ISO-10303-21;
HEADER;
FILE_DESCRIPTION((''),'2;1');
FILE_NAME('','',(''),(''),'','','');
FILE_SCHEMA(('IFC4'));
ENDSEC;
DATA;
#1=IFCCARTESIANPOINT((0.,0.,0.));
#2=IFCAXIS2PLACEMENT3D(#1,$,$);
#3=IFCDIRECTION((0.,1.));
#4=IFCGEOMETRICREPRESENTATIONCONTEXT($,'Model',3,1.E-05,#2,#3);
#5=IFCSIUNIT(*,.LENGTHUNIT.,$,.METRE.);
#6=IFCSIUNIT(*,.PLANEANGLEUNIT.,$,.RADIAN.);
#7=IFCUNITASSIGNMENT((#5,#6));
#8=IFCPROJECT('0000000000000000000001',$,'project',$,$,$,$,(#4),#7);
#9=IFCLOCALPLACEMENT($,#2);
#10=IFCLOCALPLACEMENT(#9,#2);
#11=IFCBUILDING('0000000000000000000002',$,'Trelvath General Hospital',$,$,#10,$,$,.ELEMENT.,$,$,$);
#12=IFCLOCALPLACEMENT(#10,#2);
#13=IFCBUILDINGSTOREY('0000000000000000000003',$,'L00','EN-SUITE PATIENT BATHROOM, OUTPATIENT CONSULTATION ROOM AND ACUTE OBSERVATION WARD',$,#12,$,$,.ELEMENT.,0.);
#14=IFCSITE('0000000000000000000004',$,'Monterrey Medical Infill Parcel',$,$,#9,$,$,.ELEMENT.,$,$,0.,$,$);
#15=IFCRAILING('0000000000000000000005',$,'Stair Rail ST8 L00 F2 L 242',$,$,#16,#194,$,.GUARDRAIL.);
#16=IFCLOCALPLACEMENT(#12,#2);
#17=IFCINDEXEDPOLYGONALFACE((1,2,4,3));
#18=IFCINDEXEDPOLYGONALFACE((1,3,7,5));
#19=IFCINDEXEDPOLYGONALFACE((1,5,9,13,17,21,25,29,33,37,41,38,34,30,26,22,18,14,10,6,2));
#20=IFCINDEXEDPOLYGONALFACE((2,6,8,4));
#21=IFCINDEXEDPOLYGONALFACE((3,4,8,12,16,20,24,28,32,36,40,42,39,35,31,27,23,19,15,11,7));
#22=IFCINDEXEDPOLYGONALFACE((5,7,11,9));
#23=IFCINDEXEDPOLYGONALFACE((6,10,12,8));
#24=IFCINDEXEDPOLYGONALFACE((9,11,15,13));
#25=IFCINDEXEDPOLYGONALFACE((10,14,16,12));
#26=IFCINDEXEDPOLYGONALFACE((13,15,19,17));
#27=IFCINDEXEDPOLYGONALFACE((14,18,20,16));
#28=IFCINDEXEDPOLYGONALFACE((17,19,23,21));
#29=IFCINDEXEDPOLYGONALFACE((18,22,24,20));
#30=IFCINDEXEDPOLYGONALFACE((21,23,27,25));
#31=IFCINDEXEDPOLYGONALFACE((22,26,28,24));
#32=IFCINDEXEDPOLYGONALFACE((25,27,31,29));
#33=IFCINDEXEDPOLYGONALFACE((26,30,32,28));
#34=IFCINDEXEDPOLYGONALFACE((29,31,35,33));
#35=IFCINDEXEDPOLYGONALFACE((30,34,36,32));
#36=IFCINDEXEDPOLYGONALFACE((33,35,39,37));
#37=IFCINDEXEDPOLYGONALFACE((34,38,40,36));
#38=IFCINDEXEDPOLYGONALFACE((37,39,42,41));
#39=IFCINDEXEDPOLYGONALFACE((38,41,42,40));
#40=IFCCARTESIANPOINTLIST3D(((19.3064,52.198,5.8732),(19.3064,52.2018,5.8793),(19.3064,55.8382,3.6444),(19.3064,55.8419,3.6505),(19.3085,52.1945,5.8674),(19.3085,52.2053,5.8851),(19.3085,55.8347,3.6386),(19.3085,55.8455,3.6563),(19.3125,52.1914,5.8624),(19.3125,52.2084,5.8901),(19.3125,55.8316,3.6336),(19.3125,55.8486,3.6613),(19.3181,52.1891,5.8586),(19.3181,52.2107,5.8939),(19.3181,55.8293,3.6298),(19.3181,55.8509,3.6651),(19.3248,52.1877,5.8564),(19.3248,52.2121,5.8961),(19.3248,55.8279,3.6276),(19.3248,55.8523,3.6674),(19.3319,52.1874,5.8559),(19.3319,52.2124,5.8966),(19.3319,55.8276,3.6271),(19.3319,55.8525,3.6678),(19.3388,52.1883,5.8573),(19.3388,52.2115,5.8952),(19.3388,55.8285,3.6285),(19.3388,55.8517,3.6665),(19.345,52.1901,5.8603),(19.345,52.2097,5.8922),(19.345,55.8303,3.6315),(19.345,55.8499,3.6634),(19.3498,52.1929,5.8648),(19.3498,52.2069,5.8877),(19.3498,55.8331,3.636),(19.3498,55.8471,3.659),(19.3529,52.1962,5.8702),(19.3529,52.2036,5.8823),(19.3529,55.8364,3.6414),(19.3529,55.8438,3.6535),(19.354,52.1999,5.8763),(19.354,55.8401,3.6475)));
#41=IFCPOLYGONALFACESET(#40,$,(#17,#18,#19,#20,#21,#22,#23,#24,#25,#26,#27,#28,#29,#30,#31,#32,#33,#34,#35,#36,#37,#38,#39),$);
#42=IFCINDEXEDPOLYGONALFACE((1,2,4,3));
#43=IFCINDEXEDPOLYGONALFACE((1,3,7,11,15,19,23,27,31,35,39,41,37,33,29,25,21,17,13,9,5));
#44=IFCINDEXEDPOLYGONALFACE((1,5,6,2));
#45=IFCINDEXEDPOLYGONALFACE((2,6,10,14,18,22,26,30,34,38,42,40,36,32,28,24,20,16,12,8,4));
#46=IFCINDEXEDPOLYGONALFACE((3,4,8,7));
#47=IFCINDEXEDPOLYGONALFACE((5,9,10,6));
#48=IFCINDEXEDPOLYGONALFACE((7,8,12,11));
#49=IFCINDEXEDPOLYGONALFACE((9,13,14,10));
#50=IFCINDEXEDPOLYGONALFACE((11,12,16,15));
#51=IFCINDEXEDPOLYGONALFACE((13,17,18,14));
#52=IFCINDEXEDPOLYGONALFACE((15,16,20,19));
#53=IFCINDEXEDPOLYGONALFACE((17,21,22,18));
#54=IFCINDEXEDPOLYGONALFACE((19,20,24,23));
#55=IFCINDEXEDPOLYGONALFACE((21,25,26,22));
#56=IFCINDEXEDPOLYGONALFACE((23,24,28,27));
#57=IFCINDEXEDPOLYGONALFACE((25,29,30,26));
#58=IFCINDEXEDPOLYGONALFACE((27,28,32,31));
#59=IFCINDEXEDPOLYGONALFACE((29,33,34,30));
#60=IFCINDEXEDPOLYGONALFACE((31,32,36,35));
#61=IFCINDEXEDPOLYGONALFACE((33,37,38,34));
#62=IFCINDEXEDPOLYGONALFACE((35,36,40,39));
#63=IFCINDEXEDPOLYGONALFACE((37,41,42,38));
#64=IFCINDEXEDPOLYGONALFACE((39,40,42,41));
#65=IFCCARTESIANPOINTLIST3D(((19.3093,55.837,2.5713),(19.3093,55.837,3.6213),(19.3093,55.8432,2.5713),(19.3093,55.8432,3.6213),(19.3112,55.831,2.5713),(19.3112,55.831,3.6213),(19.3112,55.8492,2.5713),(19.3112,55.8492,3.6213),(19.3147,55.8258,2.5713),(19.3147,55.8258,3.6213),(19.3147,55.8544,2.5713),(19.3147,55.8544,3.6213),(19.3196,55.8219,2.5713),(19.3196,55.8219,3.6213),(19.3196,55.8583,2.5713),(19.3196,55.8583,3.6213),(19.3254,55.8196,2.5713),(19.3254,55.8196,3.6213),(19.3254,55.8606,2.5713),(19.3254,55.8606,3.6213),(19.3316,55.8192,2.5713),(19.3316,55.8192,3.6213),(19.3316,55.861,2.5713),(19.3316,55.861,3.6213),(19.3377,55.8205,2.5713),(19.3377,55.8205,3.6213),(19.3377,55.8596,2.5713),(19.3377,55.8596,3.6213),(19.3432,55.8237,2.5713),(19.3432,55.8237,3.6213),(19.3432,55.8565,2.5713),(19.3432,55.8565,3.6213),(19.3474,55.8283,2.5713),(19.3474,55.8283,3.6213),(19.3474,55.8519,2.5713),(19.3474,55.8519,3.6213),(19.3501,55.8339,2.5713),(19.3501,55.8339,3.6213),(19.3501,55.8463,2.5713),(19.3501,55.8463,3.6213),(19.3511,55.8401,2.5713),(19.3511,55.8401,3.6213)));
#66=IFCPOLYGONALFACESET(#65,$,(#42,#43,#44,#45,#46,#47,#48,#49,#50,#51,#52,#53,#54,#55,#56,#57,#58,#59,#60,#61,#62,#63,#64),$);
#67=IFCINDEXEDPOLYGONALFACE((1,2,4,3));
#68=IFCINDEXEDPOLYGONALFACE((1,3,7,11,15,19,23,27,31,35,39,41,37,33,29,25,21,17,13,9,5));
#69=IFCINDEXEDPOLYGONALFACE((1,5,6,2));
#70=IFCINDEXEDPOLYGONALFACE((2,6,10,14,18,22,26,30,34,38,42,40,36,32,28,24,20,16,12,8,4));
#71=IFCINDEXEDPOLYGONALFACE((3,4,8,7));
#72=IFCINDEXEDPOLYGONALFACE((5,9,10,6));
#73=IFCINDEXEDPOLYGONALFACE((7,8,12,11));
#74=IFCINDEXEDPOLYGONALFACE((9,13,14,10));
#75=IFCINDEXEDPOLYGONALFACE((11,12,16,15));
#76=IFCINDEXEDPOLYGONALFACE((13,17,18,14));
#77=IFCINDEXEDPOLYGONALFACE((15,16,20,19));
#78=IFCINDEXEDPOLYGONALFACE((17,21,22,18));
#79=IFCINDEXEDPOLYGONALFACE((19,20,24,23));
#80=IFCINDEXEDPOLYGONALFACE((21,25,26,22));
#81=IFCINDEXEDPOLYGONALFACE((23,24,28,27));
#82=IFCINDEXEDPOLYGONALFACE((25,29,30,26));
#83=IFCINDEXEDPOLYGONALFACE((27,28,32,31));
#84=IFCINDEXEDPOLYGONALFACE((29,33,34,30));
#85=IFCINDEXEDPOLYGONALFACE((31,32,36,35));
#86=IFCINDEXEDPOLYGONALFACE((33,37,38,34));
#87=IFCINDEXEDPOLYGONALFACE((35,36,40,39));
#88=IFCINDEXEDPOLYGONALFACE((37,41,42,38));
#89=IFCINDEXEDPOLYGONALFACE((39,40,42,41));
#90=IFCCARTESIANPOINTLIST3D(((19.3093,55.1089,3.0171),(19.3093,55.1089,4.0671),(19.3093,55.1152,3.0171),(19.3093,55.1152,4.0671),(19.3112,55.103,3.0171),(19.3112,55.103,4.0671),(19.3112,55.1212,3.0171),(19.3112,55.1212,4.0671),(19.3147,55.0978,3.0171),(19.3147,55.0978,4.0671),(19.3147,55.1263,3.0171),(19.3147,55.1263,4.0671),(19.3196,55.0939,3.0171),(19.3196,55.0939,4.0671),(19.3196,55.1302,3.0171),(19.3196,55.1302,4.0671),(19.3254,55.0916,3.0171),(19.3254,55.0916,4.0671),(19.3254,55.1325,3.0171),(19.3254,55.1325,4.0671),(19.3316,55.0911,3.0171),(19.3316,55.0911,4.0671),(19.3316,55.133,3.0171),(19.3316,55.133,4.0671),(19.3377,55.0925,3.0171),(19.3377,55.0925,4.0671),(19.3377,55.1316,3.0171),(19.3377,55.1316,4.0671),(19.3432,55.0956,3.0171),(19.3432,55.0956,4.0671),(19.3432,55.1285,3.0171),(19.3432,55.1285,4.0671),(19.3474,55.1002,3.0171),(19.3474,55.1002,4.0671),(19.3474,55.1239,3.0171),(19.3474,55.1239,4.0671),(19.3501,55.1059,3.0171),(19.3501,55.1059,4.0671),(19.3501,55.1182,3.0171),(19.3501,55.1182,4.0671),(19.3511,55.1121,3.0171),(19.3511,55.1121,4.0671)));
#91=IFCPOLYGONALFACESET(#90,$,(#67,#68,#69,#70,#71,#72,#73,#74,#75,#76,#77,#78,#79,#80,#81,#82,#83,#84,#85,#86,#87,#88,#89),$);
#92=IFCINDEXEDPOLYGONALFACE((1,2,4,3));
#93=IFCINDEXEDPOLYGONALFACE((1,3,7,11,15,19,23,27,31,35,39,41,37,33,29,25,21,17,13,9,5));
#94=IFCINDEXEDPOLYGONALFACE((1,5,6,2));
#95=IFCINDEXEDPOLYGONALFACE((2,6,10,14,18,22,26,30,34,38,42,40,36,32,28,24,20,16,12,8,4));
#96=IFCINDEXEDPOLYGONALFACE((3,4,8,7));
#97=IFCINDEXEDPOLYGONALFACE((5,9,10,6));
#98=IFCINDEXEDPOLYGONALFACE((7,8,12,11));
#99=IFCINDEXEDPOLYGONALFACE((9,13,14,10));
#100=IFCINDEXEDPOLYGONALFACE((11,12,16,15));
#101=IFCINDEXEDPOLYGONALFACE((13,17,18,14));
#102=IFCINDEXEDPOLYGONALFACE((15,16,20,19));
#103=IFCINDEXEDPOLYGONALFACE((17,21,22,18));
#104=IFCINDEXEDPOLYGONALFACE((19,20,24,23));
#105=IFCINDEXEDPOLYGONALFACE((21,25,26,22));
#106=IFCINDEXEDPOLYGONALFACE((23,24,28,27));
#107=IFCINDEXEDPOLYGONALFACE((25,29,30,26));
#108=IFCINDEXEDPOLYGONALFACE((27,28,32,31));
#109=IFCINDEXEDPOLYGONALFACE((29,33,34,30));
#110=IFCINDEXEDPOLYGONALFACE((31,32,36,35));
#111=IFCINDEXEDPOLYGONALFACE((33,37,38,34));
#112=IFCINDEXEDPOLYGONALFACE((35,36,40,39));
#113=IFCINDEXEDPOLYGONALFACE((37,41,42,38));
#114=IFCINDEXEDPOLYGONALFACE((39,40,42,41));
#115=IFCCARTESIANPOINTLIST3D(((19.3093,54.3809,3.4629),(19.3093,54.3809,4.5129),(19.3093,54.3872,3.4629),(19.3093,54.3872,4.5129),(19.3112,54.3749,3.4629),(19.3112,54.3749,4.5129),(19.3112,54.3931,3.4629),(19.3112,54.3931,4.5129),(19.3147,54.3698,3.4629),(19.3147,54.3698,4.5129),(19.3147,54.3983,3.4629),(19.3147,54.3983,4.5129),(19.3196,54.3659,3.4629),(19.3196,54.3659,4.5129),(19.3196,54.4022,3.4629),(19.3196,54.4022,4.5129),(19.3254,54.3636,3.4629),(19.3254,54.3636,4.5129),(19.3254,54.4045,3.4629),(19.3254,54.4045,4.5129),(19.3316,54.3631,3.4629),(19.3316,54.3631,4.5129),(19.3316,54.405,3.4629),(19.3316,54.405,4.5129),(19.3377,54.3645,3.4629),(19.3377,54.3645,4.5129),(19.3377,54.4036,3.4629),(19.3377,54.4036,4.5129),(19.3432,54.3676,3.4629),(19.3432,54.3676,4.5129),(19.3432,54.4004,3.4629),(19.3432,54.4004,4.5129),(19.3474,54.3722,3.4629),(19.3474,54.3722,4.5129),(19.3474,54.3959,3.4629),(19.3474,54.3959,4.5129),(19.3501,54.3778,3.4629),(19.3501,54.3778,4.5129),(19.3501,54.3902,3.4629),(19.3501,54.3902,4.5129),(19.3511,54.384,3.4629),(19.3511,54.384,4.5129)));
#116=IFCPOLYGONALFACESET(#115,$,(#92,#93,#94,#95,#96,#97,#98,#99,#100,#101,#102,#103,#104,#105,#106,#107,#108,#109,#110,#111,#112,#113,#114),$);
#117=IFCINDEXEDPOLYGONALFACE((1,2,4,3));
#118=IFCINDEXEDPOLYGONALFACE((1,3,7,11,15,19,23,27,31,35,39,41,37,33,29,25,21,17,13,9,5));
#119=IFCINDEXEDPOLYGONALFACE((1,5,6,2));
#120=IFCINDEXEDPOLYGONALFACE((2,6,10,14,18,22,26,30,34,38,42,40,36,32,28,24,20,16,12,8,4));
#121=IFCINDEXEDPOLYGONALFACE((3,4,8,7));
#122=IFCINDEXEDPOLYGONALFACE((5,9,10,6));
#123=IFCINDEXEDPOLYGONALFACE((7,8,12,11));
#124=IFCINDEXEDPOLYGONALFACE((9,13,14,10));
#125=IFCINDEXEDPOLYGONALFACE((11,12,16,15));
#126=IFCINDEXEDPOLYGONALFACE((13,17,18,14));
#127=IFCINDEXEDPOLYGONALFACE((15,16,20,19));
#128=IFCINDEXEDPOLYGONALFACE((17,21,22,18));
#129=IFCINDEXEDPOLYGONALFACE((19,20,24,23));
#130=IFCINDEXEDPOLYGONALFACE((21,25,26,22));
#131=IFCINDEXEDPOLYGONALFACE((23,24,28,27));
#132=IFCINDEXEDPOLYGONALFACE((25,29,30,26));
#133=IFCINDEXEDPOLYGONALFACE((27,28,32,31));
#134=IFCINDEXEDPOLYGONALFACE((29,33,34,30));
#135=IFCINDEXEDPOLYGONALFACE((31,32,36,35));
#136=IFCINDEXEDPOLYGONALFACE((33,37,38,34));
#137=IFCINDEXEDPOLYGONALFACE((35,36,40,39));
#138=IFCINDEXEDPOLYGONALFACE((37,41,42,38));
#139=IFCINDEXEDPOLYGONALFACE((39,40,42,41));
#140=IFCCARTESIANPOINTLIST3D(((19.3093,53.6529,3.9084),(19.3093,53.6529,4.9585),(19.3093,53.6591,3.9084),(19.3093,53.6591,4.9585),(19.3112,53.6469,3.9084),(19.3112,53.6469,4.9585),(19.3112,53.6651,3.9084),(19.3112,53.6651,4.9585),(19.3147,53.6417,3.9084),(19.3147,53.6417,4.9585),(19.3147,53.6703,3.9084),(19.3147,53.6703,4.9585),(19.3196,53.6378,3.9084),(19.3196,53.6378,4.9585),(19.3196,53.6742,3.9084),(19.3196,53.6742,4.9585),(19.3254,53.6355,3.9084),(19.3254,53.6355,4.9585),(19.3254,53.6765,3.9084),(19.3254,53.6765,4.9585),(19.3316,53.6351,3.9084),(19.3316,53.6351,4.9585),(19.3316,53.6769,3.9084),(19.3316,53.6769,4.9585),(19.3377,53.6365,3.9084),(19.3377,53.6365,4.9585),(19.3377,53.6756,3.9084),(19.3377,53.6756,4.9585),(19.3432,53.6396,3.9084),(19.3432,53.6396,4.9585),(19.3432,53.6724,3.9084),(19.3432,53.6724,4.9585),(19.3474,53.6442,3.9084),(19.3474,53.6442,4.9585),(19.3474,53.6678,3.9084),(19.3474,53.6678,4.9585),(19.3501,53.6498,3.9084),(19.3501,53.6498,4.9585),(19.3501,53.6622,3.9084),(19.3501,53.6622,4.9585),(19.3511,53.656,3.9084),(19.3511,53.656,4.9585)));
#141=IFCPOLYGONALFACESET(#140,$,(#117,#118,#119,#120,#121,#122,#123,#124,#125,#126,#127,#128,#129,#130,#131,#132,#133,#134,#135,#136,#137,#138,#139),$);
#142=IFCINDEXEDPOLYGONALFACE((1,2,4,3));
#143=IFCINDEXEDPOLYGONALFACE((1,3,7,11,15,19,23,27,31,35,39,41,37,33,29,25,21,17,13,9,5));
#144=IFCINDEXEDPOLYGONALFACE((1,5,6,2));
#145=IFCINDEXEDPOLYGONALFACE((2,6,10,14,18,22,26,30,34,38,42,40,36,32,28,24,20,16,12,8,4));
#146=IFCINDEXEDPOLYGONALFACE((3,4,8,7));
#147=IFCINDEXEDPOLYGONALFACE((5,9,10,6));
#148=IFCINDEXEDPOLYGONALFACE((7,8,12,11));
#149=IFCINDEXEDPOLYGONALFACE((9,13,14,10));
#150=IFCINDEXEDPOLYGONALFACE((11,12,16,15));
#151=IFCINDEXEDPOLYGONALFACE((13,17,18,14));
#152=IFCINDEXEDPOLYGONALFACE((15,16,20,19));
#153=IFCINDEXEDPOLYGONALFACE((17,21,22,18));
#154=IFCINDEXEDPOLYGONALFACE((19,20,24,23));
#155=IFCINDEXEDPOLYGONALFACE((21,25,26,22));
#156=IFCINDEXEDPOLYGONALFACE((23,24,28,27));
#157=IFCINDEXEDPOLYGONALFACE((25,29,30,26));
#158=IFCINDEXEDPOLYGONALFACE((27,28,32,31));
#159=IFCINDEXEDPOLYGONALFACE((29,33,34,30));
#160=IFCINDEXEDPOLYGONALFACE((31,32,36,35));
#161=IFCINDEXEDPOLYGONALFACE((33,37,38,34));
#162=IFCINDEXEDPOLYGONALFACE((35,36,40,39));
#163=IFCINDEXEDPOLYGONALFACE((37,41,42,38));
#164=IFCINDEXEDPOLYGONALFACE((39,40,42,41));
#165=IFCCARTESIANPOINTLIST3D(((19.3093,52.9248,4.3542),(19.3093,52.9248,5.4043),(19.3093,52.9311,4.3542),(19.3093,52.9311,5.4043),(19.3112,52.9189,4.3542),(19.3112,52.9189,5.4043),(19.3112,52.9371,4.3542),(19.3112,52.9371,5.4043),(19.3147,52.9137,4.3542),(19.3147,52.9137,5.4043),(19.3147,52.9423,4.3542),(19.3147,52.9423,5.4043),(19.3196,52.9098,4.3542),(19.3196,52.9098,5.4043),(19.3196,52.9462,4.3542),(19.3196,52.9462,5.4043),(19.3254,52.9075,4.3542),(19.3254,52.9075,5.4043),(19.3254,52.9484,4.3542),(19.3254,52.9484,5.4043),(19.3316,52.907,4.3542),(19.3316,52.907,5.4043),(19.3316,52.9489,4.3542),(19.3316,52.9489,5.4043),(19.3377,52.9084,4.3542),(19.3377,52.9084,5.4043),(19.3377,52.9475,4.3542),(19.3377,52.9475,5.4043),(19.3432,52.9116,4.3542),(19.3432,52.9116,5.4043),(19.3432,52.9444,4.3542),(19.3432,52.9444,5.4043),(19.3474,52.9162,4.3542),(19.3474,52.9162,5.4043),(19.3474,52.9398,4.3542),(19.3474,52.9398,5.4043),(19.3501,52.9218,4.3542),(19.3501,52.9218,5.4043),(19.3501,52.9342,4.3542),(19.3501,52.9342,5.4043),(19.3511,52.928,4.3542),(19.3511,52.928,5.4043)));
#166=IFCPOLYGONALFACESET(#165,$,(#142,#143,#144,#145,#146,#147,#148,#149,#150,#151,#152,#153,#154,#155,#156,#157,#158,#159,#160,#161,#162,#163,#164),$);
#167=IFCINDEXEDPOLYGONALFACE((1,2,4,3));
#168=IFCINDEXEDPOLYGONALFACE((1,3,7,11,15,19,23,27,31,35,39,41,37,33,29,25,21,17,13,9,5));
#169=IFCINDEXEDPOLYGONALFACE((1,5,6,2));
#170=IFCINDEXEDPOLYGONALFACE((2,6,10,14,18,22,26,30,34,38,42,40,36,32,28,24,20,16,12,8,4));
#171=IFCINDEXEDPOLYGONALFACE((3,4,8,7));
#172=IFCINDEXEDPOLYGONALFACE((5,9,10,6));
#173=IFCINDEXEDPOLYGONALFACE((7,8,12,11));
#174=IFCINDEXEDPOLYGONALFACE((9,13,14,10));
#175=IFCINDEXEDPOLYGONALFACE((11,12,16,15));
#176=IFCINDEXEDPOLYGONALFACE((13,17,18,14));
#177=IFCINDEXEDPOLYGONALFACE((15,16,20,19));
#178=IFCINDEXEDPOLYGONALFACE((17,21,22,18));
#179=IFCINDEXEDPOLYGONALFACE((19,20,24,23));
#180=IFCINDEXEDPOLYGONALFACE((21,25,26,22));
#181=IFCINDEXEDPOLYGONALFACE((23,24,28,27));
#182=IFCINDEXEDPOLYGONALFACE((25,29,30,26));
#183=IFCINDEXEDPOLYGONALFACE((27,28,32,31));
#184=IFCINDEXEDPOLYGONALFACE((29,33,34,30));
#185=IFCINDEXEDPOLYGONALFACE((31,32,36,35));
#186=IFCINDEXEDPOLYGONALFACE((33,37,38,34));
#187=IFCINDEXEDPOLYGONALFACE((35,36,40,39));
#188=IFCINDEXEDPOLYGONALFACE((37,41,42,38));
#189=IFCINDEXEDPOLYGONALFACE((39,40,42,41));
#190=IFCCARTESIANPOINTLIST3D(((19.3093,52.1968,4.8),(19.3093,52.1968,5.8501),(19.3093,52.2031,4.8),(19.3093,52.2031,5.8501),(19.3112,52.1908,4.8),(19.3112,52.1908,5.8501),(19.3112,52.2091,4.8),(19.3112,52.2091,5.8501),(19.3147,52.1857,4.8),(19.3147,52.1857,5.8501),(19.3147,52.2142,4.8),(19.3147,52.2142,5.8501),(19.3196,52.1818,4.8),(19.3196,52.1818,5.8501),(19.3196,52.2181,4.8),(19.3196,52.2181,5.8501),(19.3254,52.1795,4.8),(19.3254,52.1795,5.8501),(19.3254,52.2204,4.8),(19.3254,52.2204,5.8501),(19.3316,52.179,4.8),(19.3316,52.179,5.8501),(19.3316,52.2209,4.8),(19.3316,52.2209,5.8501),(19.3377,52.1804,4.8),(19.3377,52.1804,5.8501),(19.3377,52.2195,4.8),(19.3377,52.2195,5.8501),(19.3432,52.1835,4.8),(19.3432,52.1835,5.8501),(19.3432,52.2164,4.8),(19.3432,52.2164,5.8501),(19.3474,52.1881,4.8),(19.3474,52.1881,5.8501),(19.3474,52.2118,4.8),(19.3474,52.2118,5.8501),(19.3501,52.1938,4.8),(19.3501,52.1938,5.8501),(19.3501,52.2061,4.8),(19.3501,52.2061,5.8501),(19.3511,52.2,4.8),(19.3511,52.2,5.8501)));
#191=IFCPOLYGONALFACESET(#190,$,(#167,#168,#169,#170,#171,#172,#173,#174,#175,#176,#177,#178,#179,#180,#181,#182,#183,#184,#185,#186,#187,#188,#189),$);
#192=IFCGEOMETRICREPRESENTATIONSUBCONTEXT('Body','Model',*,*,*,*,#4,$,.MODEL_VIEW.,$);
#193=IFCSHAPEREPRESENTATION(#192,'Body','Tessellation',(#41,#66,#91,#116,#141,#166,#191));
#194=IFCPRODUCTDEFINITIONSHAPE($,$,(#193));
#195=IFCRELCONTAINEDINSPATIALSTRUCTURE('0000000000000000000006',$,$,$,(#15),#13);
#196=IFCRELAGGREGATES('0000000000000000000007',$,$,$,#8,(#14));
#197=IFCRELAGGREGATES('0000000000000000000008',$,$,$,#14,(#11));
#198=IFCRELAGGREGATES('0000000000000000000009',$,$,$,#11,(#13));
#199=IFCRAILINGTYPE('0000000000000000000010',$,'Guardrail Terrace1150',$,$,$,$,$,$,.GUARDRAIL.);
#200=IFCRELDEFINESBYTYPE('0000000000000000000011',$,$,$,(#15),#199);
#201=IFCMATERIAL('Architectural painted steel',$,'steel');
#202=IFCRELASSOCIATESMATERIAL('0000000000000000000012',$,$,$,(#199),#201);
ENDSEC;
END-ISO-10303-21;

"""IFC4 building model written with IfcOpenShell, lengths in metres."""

from ifc_helpers import new_model, si_unit, direction, frame, origin, origin_2d, place, context, subcontext, project, spatial, circle, extrude, material, type_object, element, save


model = new_model("IFC4")

# Units and contexts
model_context = context("Model", 3, precision=1e-05, world=origin(), true_north=direction((0.0, 1.0)))
body_context = subcontext(model_context, "Body", "Model", "MODEL_VIEW")
ifc_project = project(units=[si_unit("LENGTHUNIT", "METRE"), si_unit("PLANEANGLEUNIT", "RADIAN")], contexts=[model_context])

# Site, building, storey
site_placement = place(None, origin())
site = spatial("IfcSite", under=ifc_project, at=site_placement, Name="Monterrey Medical Infill Parcel", CompositionType="ELEMENT", RefElevation=0.0)
building_placement = place(site_placement, origin())
building = spatial("IfcBuilding", under=site, at=building_placement, Name="Trelvath General Hospital", CompositionType="ELEMENT")
storey_placement = place(building_placement, origin())
storey = spatial("IfcBuildingStorey", under=building, at=storey_placement, Name="L00", Description="EN-SUITE PATIENT BATHROOM, OUTPATIENT CONSULTATION ROOM AND ACUTE OBSERVATION WARD", CompositionType="ELEMENT", Elevation=0.0)

# Railing
ifc_material_1 = material(Name="Architectural painted steel", Category="steel")
railing_type_1 = type_object("IfcRailingType", Name="Guardrail Terrace1150", PredefinedType="GUARDRAIL", material=ifc_material_1)
railing_1_placement = place(storey_placement, frame((19.3301, 55.8401, 2.5713)))
element("IfcRailing", 1, at=railing_1_placement, inside=storey, type_object=railing_type_1, Name="Stair Rail ST8 L00 F2 L 242", PredefinedType="GUARDRAIL", context=body_context, shape_type="SweptSolid", body=[
    extrude(circle(Radius=0.0239, at=origin_2d()), frame((0.0, 0.0, 1.0762), z_axis=(0.0, -0.85284, 0.522172), x_axis=(1.0, 0.0, 0.0)), (0.0, 0.0, 1.0), 4.2683),
    extrude(circle(Radius=0.021, at=origin_2d()), origin(), (0.0, 0.0, 1.0), 1.05),
    extrude(circle(Radius=0.021, at=origin_2d()), frame((0.0, -0.728, 0.4458)), (0.0, 0.0, 1.0), 1.05),
    extrude(circle(Radius=0.021, at=origin_2d()), frame((0.0, -1.4561, 0.8916)), (0.0, 0.0, 1.0), 1.05),
    extrude(circle(Radius=0.021, at=origin_2d()), frame((0.0, -2.1841, 1.3372)), (0.0, 0.0, 1.0), 1.05),
    extrude(circle(Radius=0.021, at=origin_2d()), frame((0.0, -2.9121, 1.783)), (0.0, 0.0, 1.0), 1.05),
    extrude(circle(Radius=0.021, at=origin_2d()), frame((0.0, -3.6401, 2.2288)), (0.0, 0.0, 1.0), 1.05),
])

save(model, "model.ifc")
